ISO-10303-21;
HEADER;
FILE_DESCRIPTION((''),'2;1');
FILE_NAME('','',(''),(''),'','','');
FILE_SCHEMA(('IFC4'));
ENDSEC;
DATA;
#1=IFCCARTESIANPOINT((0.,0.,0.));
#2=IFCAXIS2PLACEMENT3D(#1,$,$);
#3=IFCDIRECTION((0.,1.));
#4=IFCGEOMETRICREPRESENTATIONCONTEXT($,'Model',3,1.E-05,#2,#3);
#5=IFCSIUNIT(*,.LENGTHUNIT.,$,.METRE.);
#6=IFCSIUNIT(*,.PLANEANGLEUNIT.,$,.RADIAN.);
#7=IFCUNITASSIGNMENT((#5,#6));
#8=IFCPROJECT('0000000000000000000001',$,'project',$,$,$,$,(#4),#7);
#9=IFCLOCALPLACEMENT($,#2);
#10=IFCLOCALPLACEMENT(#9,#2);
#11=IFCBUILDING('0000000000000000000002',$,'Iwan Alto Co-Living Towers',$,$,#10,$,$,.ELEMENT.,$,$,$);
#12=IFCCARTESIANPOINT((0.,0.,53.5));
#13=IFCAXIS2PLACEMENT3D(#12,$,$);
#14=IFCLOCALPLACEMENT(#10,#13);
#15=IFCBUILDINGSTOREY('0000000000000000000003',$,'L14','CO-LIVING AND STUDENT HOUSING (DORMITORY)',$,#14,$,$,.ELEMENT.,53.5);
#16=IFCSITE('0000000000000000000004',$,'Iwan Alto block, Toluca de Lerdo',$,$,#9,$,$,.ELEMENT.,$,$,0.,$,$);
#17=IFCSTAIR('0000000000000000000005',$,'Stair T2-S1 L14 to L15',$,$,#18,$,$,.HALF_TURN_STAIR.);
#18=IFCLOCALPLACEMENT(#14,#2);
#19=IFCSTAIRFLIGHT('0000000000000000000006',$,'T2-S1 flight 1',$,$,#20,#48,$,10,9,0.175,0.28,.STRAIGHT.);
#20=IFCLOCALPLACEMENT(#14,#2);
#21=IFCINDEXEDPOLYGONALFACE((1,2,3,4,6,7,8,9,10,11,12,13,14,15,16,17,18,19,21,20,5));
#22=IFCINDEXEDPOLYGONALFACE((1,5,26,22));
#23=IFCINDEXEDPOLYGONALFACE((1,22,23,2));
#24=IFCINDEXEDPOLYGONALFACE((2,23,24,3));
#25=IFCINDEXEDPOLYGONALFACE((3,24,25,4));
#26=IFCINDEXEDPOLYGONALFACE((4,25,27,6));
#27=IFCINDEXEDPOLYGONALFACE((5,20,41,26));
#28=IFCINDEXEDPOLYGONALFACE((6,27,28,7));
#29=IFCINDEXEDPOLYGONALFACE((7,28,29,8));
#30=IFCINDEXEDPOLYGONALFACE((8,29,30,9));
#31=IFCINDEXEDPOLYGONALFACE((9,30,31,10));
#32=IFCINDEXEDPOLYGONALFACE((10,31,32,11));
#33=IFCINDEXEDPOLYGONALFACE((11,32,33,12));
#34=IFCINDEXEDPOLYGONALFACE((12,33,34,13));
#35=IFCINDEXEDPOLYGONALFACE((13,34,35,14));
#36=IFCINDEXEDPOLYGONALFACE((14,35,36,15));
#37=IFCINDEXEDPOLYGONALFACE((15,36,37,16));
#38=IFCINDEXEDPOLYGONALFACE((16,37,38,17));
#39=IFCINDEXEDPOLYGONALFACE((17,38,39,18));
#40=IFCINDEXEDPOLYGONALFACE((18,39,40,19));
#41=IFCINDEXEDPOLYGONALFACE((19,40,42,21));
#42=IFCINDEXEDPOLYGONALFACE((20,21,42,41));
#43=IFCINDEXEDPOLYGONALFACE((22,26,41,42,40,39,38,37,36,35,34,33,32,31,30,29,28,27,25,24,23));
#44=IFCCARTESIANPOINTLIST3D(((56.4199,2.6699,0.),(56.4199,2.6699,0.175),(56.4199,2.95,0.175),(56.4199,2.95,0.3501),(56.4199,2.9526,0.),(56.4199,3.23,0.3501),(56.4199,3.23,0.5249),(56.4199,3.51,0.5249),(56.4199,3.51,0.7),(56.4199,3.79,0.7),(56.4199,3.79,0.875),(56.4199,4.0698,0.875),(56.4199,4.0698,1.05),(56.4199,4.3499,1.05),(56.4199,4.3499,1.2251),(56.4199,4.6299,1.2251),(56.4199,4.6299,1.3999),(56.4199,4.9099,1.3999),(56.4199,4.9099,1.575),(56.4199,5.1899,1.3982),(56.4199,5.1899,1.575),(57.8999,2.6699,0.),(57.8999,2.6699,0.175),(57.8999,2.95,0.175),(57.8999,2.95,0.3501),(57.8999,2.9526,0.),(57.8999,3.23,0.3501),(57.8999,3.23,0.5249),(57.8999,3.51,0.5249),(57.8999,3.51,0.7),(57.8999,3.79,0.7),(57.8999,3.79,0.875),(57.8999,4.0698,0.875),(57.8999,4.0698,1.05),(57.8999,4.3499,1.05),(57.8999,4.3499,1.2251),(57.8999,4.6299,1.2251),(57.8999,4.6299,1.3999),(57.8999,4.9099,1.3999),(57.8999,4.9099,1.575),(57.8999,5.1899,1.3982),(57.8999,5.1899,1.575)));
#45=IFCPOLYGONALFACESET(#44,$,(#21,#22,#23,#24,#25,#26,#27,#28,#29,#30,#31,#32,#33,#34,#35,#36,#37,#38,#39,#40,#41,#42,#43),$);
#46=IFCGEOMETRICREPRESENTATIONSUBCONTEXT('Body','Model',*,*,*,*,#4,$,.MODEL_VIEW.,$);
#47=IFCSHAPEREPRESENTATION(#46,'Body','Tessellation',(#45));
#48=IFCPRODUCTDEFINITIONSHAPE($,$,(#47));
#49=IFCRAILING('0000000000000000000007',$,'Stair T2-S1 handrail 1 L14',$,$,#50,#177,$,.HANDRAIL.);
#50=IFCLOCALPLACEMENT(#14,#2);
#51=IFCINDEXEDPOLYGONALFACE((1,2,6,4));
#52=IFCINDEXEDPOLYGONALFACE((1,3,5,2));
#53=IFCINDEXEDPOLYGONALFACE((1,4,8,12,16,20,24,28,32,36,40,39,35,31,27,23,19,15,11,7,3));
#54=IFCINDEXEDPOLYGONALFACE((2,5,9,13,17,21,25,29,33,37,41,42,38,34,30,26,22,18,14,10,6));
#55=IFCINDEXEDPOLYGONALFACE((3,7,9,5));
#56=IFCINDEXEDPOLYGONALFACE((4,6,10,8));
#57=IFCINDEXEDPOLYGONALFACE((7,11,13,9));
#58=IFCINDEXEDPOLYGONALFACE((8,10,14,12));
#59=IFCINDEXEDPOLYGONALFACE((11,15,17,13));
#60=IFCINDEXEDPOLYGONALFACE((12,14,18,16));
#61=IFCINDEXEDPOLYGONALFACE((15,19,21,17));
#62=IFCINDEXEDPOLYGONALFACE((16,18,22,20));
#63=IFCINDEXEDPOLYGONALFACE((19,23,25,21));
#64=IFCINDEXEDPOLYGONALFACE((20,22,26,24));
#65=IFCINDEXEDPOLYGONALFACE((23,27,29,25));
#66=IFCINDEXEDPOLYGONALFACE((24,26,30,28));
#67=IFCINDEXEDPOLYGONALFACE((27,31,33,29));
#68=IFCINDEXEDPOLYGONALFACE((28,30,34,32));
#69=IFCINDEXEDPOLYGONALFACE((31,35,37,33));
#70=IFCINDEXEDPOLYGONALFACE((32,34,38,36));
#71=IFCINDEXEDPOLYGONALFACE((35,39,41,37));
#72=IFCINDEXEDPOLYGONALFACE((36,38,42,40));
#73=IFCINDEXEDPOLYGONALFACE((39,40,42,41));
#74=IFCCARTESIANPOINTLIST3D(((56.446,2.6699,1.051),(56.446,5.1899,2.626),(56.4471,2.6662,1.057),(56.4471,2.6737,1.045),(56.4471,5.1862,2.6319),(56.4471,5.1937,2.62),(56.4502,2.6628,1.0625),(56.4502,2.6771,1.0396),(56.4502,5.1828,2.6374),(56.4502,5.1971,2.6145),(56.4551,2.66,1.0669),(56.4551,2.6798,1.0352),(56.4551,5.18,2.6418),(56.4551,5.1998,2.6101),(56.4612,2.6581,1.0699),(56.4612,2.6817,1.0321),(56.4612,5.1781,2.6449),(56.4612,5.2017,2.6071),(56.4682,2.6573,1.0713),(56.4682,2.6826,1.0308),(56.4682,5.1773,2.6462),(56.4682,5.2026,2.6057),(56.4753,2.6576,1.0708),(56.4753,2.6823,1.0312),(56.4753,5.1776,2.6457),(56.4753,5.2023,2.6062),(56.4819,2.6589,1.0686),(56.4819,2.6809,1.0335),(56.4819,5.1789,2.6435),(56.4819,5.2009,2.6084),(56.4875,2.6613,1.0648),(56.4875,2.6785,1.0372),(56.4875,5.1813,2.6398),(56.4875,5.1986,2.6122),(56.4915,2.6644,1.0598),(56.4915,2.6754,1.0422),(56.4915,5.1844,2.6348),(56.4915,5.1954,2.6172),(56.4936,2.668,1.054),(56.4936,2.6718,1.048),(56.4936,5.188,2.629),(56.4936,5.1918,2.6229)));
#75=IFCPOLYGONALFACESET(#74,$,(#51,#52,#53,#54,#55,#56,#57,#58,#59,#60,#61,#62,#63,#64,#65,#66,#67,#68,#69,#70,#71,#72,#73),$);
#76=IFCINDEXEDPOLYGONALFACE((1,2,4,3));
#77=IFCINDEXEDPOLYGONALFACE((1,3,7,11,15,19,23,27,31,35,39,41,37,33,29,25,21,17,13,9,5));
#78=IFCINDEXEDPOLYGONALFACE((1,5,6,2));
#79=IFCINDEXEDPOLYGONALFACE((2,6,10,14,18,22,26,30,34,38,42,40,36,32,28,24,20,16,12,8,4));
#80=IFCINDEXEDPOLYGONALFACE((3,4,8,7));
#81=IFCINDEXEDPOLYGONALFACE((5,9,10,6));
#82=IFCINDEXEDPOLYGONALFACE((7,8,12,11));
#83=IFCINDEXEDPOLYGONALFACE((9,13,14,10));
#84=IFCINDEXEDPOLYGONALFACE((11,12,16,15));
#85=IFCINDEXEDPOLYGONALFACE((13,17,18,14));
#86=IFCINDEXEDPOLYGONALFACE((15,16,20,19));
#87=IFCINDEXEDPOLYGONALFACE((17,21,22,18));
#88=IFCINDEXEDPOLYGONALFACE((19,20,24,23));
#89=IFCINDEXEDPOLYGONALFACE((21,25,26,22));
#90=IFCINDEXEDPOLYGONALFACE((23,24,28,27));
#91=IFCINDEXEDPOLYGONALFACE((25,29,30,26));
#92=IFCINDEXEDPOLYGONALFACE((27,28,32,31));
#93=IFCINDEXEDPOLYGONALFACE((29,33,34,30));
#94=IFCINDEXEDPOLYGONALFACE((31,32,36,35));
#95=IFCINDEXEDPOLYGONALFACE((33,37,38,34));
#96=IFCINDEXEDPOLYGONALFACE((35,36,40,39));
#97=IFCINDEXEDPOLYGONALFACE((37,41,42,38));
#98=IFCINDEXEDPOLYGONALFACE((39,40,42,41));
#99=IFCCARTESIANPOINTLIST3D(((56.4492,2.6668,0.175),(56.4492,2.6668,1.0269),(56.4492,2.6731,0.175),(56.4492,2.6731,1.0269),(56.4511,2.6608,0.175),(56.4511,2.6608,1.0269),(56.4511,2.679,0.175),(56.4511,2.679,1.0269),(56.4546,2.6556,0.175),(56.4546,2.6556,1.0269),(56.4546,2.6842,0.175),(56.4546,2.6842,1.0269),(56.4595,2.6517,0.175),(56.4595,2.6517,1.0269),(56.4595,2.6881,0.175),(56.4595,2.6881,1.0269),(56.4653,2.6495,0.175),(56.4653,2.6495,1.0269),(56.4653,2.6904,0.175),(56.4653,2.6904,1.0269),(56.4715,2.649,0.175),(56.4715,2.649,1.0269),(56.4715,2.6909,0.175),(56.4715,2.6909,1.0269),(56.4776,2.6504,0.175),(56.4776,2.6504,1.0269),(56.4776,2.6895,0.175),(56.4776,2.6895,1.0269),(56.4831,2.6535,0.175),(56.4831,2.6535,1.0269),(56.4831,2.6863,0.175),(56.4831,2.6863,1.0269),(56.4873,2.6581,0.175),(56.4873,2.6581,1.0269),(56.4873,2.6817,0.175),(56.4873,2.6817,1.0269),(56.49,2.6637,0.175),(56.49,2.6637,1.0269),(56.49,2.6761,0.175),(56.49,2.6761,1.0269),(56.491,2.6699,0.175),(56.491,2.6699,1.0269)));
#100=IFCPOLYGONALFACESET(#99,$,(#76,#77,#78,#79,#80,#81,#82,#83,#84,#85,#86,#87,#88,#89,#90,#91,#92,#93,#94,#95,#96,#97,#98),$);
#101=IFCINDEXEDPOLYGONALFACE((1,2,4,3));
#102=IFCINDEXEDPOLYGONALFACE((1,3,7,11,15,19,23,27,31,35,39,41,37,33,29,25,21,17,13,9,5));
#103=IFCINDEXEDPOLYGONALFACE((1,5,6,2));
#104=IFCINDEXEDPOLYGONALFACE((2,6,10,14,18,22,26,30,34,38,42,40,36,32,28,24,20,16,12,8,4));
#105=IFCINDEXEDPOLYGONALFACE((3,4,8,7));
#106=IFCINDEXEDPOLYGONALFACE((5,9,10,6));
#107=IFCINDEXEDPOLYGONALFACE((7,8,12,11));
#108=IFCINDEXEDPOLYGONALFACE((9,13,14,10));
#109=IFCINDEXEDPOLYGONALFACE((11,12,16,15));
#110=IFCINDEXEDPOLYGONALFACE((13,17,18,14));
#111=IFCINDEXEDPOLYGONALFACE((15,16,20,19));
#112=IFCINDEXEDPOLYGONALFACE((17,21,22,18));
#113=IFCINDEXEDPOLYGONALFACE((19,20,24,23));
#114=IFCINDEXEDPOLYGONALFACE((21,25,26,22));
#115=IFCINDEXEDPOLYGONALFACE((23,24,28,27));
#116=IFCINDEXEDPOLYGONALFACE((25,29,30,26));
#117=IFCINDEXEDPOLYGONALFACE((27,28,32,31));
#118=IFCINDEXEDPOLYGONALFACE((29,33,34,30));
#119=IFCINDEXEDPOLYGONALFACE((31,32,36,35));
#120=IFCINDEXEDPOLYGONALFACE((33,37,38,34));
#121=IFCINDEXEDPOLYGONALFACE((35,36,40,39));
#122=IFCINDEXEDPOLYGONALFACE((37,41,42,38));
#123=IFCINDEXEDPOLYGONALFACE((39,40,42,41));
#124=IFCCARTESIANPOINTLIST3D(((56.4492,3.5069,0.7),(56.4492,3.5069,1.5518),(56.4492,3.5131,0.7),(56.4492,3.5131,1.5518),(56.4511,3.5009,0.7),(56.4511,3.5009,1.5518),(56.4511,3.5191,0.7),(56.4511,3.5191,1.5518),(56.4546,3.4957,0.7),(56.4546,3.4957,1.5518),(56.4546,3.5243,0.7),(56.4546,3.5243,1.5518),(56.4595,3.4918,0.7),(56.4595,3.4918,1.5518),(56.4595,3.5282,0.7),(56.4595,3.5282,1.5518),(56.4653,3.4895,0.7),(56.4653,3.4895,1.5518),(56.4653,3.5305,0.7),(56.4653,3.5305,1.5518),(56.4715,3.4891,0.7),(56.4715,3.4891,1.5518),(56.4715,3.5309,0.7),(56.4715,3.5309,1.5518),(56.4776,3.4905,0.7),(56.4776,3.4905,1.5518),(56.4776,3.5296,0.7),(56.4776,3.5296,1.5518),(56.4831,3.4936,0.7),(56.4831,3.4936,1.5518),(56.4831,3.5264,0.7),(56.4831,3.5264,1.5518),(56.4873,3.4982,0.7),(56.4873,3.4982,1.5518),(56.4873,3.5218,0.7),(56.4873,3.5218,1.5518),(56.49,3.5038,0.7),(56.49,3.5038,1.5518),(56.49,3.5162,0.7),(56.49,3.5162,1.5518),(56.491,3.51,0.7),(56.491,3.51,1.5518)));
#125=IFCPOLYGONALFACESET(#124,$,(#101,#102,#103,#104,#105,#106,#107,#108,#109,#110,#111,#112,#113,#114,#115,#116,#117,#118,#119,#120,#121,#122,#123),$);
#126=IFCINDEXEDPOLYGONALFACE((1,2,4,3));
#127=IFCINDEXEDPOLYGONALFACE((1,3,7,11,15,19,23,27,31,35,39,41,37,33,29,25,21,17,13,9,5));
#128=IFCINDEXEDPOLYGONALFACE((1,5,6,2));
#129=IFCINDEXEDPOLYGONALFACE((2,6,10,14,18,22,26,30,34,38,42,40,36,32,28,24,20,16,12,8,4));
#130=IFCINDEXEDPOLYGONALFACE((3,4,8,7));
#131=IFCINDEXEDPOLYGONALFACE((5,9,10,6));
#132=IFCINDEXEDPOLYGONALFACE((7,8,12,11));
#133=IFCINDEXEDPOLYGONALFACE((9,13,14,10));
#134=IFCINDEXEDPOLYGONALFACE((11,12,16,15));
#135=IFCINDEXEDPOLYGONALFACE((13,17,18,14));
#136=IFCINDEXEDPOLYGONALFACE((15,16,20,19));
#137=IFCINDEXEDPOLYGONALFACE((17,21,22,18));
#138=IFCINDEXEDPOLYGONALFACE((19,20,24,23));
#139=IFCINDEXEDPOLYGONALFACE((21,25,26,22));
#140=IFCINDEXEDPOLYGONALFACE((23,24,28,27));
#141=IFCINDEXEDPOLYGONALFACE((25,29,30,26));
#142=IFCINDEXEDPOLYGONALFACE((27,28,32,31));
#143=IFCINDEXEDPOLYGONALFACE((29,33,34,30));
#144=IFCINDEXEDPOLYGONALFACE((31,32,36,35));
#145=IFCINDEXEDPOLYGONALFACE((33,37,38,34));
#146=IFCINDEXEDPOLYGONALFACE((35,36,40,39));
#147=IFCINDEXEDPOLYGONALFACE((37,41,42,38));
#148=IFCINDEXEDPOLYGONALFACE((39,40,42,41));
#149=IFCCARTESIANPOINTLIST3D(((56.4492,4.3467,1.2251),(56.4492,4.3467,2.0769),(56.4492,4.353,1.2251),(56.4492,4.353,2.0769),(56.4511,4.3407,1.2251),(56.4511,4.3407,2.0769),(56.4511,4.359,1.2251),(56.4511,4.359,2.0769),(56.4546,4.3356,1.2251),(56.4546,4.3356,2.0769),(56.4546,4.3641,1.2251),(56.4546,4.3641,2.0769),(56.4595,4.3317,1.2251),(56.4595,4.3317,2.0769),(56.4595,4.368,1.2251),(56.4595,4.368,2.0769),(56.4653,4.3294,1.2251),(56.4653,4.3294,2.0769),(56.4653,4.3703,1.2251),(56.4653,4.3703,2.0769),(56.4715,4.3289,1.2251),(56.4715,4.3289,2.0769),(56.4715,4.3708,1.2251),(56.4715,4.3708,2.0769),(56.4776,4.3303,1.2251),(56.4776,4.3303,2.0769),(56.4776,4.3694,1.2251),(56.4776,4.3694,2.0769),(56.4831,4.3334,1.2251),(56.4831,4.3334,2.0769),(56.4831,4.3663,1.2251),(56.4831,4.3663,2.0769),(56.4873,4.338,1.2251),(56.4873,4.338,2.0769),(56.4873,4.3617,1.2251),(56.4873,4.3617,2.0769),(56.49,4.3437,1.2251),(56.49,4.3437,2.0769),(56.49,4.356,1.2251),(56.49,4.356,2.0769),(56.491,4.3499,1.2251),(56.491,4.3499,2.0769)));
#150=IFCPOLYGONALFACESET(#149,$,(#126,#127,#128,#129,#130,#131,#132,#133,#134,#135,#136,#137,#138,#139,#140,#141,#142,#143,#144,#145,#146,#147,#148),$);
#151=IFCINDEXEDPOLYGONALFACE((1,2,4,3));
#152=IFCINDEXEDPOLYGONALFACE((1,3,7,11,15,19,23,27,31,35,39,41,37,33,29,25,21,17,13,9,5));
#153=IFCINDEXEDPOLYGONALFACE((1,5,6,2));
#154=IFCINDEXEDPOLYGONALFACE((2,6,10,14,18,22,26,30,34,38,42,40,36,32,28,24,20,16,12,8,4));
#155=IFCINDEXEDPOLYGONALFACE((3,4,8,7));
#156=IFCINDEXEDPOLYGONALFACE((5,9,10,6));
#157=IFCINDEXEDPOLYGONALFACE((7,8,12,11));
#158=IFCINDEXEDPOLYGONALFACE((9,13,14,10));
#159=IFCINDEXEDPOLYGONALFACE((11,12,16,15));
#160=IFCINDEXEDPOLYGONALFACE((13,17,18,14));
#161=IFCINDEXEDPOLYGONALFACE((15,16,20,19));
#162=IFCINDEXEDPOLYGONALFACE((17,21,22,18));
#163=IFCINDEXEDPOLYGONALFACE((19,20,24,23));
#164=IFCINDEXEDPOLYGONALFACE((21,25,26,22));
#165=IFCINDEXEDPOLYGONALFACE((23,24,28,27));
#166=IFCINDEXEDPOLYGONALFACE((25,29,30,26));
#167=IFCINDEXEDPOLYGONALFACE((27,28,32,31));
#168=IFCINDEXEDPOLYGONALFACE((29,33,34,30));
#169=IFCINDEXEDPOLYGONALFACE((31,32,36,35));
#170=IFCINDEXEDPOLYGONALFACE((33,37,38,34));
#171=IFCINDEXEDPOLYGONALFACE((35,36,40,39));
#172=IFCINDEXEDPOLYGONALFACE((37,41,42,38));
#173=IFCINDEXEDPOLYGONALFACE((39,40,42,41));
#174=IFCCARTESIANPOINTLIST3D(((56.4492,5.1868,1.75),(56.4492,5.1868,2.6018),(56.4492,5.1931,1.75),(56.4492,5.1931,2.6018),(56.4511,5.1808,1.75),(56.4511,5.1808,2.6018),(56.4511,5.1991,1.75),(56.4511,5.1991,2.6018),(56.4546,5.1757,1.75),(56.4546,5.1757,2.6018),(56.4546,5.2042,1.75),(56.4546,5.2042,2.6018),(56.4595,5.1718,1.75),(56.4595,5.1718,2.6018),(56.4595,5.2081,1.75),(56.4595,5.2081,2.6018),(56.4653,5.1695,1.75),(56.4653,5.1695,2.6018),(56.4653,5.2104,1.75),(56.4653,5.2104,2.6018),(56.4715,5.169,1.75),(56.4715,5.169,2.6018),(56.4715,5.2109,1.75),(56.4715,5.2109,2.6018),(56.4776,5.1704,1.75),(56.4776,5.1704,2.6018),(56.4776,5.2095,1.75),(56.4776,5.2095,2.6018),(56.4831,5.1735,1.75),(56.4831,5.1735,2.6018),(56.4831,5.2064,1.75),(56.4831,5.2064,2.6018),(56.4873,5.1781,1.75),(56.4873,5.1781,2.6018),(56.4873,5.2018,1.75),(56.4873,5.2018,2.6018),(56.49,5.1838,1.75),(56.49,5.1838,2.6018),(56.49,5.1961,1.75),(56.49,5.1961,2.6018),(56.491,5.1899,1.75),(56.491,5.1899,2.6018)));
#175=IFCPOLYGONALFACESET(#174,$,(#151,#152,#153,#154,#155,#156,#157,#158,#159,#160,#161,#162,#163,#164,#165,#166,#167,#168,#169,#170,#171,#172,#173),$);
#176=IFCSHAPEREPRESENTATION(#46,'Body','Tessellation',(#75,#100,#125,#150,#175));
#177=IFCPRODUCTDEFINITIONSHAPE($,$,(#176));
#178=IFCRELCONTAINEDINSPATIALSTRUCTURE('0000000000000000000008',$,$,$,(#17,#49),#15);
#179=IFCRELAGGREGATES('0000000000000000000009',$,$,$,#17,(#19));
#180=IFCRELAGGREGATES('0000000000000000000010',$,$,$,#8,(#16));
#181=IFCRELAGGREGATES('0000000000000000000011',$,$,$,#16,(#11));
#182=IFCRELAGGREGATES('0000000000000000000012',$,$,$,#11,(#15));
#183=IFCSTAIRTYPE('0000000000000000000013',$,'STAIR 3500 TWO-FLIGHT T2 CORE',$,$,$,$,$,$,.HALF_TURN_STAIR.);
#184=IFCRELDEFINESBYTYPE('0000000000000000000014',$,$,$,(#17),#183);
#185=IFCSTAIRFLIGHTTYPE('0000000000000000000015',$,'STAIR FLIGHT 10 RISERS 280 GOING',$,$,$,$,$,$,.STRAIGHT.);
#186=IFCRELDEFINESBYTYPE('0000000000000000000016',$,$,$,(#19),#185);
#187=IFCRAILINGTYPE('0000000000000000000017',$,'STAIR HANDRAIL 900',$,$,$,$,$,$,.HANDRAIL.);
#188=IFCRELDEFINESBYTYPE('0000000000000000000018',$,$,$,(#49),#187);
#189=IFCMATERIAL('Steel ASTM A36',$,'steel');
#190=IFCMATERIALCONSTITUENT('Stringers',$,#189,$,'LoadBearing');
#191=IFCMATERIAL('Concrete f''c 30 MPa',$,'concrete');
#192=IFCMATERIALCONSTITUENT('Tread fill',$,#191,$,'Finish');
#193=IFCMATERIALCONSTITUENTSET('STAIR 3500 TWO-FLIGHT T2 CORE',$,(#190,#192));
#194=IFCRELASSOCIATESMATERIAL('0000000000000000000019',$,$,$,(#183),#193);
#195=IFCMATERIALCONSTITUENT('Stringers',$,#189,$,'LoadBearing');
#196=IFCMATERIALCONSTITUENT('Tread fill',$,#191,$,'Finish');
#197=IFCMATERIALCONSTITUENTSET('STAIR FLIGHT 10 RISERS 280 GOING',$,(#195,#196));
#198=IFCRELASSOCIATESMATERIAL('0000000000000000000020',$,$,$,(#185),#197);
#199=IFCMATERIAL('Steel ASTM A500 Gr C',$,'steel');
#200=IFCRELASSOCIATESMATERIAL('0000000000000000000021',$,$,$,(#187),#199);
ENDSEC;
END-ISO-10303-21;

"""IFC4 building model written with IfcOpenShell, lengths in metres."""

from ifc_helpers import new_model, si_unit, direction, frame, origin, origin_2d, place, context, subcontext, project, spatial, polyline, circle, outline, extrude, material, constituent, constituent_set, type_object, element, aggregate, save


model = new_model("IFC4")

# Units and contexts
model_context = context("Model", 3, precision=1e-05, world=origin(), true_north=direction((0.0, 1.0)))
body_context = subcontext(model_context, "Body", "Model", "MODEL_VIEW")
ifc_project = project(units=[si_unit("LENGTHUNIT", "METRE"), si_unit("PLANEANGLEUNIT", "RADIAN")], contexts=[model_context])

# Site, building, storey
site_placement = place(None, origin())
site = spatial("IfcSite", under=ifc_project, at=site_placement, Name="Iwan Alto block, Toluca de Lerdo", CompositionType="ELEMENT", RefElevation=0.0)
building_placement = place(site_placement, origin())
building = spatial("IfcBuilding", under=site, at=building_placement, Name="Iwan Alto Co-Living Towers", CompositionType="ELEMENT")
storey_placement = place(building_placement, frame((0.0, 0.0, 53.5)))
storey = spatial("IfcBuildingStorey", under=building, at=storey_placement, Name="L14", Description="CO-LIVING AND STUDENT HOUSING (DORMITORY)", CompositionType="ELEMENT", Elevation=53.5)

# Stair, stair flight
ifc_material_1 = material(Name="Steel ASTM A36", Category="steel")
ifc_constituent_1 = constituent(ifc_material_1, Name="Stringers", Category="LoadBearing")
ifc_material_2 = material(Name="Concrete f'c 30 MPa", Category="concrete")
ifc_constituent_2 = constituent(ifc_material_2, Name="Tread fill", Category="Finish")
ifc_constituent_set_1 = constituent_set(constituents=[ifc_constituent_1, ifc_constituent_2], Name="STAIR 3500 TWO-FLIGHT T2 CORE")
stair_type = type_object("IfcStairType", Name="STAIR 3500 TWO-FLIGHT T2 CORE", PredefinedType="HALF_TURN_STAIR", material=ifc_constituent_set_1)
stair_placement = place(storey_placement, origin())
stair = element("IfcStair", 1, at=stair_placement, inside=storey, type_object=stair_type, Name="Stair T2-S1 L14 to L15", PredefinedType="HALF_TURN_STAIR")
ifc_constituent_3 = constituent(ifc_material_1, Name="Stringers", Category="LoadBearing")
ifc_constituent_4 = constituent(ifc_material_2, Name="Tread fill", Category="Finish")
ifc_constituent_set_2 = constituent_set(constituents=[ifc_constituent_3, ifc_constituent_4], Name="STAIR FLIGHT 10 RISERS 280 GOING")
stair_flight_type = type_object("IfcStairFlightType", Name="STAIR FLIGHT 10 RISERS 280 GOING", PredefinedType="STRAIGHT", material=ifc_constituent_set_2)
stair_flight_placement = place(storey_placement, frame((57.1599, 2.6699, 0.0), z_axis=(0.0, 0.0, 1.0), x_axis=(0.0, 1.0, 0.0)))
stair_flight = element("IfcStairFlight", 2, at=stair_flight_placement, type_object=stair_flight_type, Name="T2-S1 flight 1", NumberOfRisers=10, NumberOfTreads=9, PredefinedType="STRAIGHT", RiserHeight=0.175, TreadLength=0.28, context=body_context, shape_type="SweptSolid", body=[
    extrude(outline(polyline([(0.0, 0.0), (0.0, 0.175), (0.28, 0.175), (0.28, 0.3501), (0.5601, 0.3501), (0.5601, 0.5249), (0.8401, 0.5249), (0.8401, 0.7), (1.1201, 0.7), (1.1201, 0.875), (1.3999, 0.875), (1.3999, 1.05), (1.6799, 1.05), (1.6799, 1.2251), (1.96, 1.2251), (1.96, 1.3999), (2.24, 1.3999), (2.24, 1.575), (2.52, 1.575), (2.52, 1.75), (2.52, 1.3982), (0.2827, 0.0), (0.0, 0.0)])), frame((0.0, 0.74, 0.0), z_axis=(0.0, -1.0, 0.0), x_axis=(1.0, 0.0, 0.0)), (0.0, 0.0, 1.0), 1.48),
])
aggregate(stair, [stair_flight])

# Railing
ifc_material_3 = material(Name="Steel ASTM A500 Gr C", Category="steel")
railing_type_1 = type_object("IfcRailingType", Name="STAIR HANDRAIL 900", PredefinedType="HANDRAIL", material=ifc_material_3)
railing_1_placement = place(storey_placement, frame((56.47, 2.6699, 0.175)))
element("IfcRailing", 3, at=railing_1_placement, inside=storey, type_object=railing_type_1, Name="Stair T2-S1 handrail 1 L14", PredefinedType="HANDRAIL", context=body_context, shape_type="SweptSolid", body=[
    extrude(circle(Radius=0.0239, at=origin_2d()), frame((0.0, 0.0, 0.876), z_axis=(0.0, 0.848008, 0.529984), x_axis=(-1.0, 0.0, 0.0)), (0.0, 0.0, 1.0), 2.9717),
    extrude(circle(Radius=0.021, at=origin_2d()), origin(), (0.0, 0.0, 1.0), 0.8518),
    extrude(circle(Radius=0.021, at=origin_2d()), frame((0.0, 0.8401, 0.5249)), (0.0, 0.0, 1.0), 0.8518),
    extrude(circle(Radius=0.021, at=origin_2d()), frame((0.0, 1.6799, 1.05)), (0.0, 0.0, 1.0), 0.8518),
    extrude(circle(Radius=0.021, at=origin_2d()), frame((0.0, 2.52, 1.575)), (0.0, 0.0, 1.0), 0.8518),
])

save(model, "model.ifc")
